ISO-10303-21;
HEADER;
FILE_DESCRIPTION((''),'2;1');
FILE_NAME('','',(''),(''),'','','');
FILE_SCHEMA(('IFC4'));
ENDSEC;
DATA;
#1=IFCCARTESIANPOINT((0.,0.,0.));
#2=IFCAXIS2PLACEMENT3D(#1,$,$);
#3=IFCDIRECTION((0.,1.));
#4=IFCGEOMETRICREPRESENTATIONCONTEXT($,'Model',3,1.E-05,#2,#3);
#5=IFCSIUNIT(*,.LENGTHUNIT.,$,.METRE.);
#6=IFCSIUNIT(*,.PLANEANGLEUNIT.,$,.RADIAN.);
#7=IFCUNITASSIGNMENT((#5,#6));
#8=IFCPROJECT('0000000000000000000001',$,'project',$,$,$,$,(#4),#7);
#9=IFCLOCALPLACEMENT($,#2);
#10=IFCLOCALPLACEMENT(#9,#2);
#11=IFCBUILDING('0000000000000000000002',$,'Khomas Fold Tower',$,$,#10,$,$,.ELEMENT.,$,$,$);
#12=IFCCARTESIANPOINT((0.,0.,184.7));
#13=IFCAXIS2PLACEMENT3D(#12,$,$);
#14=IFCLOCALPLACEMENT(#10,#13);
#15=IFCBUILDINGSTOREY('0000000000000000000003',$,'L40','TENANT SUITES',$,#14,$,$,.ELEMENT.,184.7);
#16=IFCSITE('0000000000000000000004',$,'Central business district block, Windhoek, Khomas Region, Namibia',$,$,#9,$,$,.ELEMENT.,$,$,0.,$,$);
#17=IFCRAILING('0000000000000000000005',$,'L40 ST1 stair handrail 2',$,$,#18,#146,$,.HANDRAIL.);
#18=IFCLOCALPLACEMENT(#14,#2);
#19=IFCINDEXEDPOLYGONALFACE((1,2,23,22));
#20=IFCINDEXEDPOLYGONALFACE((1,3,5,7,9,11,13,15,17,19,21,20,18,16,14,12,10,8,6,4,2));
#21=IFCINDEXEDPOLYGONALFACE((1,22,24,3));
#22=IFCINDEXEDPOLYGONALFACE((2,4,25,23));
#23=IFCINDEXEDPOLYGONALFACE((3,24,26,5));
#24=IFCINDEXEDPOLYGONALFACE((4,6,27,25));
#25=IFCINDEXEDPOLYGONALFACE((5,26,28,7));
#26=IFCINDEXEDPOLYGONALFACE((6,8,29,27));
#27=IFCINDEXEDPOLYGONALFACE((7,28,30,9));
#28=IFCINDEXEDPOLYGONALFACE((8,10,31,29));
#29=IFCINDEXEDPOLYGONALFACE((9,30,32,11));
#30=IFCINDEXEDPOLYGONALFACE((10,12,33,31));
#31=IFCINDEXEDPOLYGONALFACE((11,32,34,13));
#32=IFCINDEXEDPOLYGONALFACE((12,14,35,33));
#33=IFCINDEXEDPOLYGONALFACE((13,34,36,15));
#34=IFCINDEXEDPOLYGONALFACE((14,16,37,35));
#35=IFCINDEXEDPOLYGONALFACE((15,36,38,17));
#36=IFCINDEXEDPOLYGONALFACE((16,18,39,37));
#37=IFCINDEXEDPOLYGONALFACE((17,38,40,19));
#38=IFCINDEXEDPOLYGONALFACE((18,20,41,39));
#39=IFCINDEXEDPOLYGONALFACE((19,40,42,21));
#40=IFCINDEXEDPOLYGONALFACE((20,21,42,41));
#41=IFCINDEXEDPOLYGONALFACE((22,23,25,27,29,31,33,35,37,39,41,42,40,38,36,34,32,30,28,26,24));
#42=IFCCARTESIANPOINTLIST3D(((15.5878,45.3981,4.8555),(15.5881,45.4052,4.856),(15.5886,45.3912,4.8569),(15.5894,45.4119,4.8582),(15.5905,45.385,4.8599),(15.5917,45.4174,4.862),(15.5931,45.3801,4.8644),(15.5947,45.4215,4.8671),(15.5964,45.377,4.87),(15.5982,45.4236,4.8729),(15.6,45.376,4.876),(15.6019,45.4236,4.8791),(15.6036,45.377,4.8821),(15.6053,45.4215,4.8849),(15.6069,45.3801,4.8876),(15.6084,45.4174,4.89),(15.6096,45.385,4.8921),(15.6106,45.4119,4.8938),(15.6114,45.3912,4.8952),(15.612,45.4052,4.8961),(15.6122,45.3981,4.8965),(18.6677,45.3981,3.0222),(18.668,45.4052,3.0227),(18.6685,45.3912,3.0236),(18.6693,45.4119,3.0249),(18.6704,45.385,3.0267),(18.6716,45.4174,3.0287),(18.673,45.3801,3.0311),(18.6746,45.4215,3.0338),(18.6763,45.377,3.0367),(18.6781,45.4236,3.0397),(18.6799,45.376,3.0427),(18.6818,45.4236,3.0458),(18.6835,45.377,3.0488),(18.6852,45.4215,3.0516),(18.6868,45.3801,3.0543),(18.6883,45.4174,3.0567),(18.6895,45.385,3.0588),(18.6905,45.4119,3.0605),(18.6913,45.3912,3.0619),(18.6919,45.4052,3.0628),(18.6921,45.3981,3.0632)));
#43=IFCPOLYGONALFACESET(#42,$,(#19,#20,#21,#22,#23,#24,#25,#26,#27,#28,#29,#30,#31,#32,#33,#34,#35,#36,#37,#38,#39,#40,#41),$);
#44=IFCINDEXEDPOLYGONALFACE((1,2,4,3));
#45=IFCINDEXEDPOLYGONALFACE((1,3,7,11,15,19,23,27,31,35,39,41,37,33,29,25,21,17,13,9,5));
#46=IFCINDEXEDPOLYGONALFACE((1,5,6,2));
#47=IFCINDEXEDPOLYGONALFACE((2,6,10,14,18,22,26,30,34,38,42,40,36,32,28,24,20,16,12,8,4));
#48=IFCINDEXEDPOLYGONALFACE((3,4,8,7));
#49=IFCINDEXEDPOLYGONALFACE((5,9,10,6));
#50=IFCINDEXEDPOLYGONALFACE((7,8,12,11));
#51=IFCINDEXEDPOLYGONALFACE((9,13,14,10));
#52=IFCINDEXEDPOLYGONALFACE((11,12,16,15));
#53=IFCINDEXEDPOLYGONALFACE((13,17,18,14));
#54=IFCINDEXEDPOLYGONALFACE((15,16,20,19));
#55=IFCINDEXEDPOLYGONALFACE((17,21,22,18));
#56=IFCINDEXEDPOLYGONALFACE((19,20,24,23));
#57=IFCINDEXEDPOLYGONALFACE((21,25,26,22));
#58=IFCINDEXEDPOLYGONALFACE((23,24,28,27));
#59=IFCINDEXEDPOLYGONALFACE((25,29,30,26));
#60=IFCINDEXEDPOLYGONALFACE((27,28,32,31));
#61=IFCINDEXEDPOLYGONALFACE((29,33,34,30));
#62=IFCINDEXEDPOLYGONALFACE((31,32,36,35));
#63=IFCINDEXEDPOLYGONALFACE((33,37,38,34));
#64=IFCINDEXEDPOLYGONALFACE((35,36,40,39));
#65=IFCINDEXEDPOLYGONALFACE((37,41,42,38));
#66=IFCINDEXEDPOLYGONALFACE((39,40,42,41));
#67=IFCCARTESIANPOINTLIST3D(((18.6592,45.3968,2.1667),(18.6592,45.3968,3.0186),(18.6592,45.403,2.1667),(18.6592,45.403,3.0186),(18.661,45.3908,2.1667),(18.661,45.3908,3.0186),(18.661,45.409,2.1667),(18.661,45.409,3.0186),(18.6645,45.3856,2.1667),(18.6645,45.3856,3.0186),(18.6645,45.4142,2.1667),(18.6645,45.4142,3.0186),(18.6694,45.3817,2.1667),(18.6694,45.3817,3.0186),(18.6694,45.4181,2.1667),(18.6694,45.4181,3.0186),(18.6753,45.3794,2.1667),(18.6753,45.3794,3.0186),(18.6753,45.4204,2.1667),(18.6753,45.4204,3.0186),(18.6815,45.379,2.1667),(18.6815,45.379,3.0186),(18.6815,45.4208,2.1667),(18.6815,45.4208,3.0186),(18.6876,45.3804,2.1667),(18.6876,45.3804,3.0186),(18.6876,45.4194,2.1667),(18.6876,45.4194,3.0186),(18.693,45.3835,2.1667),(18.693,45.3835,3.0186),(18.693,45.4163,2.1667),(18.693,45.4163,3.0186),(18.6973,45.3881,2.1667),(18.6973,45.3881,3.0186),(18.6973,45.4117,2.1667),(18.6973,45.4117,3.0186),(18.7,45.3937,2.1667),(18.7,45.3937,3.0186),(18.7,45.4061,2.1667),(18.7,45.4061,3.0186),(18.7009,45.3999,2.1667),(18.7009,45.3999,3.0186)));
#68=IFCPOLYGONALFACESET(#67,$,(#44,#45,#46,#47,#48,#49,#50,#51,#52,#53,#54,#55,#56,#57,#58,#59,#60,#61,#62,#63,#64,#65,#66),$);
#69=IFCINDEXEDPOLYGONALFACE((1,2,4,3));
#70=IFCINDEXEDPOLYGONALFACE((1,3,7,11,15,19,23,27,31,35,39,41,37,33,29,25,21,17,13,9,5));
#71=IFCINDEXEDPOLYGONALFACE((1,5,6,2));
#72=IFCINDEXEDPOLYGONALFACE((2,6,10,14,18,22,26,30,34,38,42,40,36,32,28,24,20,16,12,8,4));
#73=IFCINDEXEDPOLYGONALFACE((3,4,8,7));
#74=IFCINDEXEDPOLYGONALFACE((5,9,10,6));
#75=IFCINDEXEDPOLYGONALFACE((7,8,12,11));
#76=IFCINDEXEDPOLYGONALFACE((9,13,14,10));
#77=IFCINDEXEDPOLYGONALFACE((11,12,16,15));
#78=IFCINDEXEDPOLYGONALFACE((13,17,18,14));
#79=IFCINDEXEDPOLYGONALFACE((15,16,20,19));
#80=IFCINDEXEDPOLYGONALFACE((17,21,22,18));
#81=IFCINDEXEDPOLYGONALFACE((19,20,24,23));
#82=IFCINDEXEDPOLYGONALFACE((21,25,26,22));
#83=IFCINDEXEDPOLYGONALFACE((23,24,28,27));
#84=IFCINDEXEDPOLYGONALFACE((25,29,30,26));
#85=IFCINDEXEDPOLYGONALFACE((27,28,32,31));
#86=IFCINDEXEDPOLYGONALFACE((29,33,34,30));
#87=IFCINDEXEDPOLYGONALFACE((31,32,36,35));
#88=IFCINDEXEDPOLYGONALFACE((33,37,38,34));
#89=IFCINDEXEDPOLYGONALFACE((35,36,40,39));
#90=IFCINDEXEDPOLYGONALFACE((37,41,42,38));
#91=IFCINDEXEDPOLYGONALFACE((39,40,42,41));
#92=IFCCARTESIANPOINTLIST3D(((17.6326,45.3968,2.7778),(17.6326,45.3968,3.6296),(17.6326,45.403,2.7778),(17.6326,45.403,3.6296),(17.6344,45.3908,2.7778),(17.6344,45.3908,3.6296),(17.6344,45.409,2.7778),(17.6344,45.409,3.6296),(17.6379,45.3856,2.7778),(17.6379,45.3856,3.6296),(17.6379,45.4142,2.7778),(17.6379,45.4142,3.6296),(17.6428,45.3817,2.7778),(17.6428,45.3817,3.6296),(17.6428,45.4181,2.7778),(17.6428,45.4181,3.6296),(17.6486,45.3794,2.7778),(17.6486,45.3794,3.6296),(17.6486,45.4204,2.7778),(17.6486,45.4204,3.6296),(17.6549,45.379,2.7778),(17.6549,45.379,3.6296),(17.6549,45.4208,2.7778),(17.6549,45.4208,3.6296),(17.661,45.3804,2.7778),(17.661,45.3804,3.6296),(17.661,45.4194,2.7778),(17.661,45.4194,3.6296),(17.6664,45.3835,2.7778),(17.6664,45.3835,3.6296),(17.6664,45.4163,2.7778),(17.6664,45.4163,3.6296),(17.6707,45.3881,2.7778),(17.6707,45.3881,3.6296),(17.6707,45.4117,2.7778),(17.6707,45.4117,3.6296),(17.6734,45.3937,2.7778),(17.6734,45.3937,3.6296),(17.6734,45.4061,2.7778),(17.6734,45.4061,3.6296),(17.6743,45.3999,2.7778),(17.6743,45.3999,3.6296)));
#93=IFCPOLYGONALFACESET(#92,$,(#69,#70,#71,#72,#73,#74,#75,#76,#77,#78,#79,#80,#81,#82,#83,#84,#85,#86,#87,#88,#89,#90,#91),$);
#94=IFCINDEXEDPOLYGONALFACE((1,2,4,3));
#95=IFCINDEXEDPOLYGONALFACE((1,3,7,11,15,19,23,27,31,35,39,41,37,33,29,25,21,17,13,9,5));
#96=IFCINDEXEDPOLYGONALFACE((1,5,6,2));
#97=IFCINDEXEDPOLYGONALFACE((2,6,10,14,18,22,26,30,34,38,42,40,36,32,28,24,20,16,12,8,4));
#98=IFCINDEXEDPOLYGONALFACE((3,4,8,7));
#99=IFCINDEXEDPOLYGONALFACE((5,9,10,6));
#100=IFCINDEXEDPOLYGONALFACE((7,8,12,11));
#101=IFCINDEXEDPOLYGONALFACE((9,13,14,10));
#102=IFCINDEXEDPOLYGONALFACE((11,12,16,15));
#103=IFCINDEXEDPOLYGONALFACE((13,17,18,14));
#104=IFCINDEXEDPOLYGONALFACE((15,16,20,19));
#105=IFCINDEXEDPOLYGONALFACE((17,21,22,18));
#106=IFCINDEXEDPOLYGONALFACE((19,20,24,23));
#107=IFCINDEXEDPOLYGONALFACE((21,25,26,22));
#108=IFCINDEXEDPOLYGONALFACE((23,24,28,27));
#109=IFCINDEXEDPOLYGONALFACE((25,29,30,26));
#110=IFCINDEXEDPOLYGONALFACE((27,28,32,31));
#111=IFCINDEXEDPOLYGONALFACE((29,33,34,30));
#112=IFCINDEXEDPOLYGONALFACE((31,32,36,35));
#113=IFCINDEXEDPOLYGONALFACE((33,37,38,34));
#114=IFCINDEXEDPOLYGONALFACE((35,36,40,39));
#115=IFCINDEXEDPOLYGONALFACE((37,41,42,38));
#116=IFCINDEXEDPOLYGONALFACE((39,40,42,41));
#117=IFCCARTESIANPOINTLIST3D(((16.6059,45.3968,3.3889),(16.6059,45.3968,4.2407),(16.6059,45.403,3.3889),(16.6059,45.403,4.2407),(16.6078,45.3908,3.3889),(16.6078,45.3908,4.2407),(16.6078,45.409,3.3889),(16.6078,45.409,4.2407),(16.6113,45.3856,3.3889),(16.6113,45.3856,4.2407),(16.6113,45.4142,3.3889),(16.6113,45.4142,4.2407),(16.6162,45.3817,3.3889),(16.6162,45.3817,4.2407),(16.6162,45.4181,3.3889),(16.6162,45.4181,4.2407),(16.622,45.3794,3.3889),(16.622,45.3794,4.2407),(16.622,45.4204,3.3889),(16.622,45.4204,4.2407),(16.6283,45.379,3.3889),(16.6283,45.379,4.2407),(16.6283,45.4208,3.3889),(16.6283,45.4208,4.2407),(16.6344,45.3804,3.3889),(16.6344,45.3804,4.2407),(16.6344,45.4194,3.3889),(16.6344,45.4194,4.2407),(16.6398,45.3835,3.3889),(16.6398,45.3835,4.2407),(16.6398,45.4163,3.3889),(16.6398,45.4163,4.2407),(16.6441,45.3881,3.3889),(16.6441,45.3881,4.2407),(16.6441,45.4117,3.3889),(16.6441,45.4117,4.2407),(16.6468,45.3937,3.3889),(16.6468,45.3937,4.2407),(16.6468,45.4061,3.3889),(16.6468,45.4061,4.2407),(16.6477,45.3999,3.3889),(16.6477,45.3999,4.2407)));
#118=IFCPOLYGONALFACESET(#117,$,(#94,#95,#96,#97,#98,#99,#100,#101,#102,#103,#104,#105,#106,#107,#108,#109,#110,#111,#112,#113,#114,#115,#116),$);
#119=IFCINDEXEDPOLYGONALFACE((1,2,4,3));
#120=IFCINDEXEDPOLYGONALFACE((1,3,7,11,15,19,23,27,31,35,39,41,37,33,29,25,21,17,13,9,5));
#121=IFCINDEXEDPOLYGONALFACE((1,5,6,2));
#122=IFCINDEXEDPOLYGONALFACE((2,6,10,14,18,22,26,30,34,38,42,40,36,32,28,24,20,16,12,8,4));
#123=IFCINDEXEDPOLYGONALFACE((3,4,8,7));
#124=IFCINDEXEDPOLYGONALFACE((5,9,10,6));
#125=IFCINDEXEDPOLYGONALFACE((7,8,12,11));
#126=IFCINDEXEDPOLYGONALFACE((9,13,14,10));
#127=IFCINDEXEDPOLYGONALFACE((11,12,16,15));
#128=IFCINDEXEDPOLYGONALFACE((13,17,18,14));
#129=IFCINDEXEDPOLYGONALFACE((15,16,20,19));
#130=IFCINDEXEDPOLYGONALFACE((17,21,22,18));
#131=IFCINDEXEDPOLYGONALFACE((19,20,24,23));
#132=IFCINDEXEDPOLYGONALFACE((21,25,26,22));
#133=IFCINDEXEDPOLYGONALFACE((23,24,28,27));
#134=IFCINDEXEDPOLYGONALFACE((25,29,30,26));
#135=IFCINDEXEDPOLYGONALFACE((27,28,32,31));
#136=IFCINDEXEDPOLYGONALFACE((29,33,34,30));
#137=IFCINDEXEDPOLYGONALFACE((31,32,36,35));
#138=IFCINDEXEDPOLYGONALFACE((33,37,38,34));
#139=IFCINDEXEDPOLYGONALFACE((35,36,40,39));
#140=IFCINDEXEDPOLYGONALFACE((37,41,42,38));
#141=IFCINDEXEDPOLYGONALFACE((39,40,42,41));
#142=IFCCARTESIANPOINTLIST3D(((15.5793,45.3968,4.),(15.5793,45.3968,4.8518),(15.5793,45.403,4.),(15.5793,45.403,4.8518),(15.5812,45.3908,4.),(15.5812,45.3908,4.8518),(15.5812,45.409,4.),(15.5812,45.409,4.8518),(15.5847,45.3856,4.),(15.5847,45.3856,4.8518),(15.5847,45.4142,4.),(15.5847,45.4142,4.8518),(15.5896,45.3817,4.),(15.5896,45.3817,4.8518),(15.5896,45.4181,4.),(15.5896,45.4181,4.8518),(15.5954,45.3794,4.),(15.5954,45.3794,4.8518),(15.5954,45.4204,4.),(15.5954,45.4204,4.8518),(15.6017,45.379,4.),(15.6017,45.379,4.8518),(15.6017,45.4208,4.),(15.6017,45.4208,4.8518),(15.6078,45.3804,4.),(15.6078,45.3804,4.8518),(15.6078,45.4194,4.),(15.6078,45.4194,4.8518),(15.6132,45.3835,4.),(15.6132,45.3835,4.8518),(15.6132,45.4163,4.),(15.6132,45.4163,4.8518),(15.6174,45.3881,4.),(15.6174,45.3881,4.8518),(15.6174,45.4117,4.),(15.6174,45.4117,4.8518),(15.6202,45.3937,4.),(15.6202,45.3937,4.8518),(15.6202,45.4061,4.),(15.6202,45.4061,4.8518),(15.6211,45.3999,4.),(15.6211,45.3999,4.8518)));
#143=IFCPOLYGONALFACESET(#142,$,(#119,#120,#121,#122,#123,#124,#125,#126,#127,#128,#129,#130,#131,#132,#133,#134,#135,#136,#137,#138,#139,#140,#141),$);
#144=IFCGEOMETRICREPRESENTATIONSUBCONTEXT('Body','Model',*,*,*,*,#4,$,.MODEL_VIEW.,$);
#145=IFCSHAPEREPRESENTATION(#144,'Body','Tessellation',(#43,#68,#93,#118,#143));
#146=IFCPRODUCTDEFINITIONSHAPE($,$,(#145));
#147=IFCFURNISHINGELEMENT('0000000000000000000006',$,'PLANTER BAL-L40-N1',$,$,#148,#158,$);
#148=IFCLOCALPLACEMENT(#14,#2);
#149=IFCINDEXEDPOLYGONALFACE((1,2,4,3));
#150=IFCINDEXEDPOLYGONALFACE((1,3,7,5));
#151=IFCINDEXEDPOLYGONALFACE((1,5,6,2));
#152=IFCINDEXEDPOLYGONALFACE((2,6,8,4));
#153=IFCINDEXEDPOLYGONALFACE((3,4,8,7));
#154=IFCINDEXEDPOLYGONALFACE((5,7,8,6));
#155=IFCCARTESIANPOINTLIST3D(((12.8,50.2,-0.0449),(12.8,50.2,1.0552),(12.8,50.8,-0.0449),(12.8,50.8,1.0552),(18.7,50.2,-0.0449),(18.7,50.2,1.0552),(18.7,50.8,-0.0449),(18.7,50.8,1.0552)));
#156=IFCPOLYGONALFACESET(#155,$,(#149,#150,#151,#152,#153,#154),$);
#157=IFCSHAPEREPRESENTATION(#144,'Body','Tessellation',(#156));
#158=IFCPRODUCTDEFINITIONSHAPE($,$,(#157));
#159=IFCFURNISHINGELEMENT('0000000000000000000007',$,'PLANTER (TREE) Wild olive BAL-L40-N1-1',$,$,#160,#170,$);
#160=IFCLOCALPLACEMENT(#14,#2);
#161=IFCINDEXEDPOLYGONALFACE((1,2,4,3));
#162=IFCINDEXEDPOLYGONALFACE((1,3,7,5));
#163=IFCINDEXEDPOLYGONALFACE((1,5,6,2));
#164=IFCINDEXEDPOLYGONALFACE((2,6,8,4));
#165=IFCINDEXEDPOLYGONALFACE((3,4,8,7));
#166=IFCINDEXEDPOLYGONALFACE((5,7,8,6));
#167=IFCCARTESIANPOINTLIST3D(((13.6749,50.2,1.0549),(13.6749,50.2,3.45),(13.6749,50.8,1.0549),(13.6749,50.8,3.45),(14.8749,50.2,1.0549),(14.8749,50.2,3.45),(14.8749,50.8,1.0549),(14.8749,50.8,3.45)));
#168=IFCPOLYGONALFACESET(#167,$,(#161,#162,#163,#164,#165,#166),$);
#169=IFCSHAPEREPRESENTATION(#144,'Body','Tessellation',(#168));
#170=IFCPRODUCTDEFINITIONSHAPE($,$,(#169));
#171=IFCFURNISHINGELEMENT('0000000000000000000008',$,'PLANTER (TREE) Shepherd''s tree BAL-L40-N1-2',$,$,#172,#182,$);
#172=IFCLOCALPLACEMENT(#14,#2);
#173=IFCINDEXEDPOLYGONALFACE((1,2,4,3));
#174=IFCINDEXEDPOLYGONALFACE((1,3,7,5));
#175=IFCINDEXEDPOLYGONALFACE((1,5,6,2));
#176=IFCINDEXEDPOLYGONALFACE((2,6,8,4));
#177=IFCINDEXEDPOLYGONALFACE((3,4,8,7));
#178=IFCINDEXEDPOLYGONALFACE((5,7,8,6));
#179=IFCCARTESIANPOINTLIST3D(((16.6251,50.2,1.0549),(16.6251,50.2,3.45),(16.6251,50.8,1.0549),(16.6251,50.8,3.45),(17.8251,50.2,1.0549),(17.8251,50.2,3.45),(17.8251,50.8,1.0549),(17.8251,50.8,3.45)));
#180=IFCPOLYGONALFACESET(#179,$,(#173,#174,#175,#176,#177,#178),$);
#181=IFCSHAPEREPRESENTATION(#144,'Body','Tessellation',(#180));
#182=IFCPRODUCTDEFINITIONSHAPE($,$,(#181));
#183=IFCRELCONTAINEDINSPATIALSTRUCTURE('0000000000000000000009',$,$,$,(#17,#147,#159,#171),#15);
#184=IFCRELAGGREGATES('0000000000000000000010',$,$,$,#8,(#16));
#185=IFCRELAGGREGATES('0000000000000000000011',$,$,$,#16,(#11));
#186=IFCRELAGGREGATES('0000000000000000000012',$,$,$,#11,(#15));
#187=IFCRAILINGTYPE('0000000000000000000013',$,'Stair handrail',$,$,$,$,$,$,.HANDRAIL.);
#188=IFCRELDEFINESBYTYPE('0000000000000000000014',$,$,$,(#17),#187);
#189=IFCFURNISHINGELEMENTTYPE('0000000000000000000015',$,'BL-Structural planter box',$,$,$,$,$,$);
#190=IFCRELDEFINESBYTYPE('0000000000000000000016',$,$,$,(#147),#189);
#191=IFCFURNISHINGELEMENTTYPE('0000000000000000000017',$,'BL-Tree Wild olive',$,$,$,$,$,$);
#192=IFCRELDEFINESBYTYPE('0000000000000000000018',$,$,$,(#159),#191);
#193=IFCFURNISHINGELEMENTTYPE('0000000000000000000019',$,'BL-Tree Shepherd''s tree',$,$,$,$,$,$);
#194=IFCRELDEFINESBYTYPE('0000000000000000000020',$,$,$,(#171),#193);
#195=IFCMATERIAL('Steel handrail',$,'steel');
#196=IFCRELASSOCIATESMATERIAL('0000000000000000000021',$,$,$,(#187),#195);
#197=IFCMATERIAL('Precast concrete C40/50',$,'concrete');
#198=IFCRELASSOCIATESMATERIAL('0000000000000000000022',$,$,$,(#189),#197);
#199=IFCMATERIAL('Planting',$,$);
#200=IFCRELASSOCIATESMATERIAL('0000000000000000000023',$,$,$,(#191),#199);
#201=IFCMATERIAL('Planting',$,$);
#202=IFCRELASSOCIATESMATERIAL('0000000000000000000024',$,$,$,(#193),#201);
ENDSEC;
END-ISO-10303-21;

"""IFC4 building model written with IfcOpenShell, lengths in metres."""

from ifc_helpers import new_model, si_unit, direction, frame, origin, origin_2d, place, context, subcontext, project, spatial, rectangle, circle, extrude, source, transform, mapped, material, type_object, element, save


model = new_model("IFC4")

# Units and contexts
model_context = context("Model", 3, precision=1e-05, world=origin(), true_north=direction((0.0, 1.0)))
body_context = subcontext(model_context, "Body", "Model", "MODEL_VIEW")
ifc_project = project(units=[si_unit("LENGTHUNIT", "METRE"), si_unit("PLANEANGLEUNIT", "RADIAN")], contexts=[model_context])

# Site, building, storey
site_placement = place(None, origin())
site = spatial("IfcSite", under=ifc_project, at=site_placement, Name="Central business district block, Windhoek, Khomas Region, Namibia", CompositionType="ELEMENT", RefElevation=0.0)
building_placement = place(site_placement, origin())
building = spatial("IfcBuilding", under=site, at=building_placement, Name="Khomas Fold Tower", CompositionType="ELEMENT")
storey_placement = place(building_placement, frame((0.0, 0.0, 184.7)))
storey = spatial("IfcBuildingStorey", under=building, at=storey_placement, Name="L40", Description="TENANT SUITES", CompositionType="ELEMENT", Elevation=184.7)

# Railing
ifc_material_1 = material(Name="Steel handrail", Category="steel")
railing_type_1 = type_object("IfcRailingType", Name="Stair handrail", PredefinedType="HANDRAIL", material=ifc_material_1)
shared_shape_1 = source(origin(), body_context, "Body", "SweptSolid", [
    extrude(circle(Radius=0.0239, at=origin_2d()), frame((0.0, 0.0, 0.876), z_axis=(-0.859291, 0.0, 0.511487), x_axis=(0.0, -1.0, 0.0)), (0.0, 0.0, 1.0), 3.5842),
    extrude(circle(Radius=0.021, at=origin_2d()), origin(), (0.0, 0.0, 1.0), 0.8518),
    extrude(circle(Radius=0.021, at=origin_2d()), frame((-1.0266, 0.0, 0.6111)), (0.0, 0.0, 1.0), 0.8518),
    extrude(circle(Radius=0.021, at=origin_2d()), frame((-2.0532, 0.0, 1.2222)), (0.0, 0.0, 1.0), 0.8518),
    extrude(circle(Radius=0.021, at=origin_2d()), frame((-3.0798, 0.0, 1.8333)), (0.0, 0.0, 1.0), 0.8518),
])
railing_1_placement = place(storey_placement, frame((18.6799, 45.3999, 2.1667)))
element("IfcRailing", 1, at=railing_1_placement, inside=storey, type_object=railing_type_1, Name="L40 ST1 stair handrail 2", PredefinedType="HANDRAIL", context=body_context, shape_type="MappedRepresentation", body=[
    mapped(shared_shape_1, transform((0.0, 0.0, 0.0))),
])

# Furnishing elements
ifc_material_2 = material(Name="Precast concrete C40/50", Category="concrete")
furnishing_element_type_1 = type_object("IfcFurnishingElementType", Name="BL-Structural planter box", material=ifc_material_2)
shared_shape_2 = source(origin(), body_context, "Body", "SweptSolid", [
    extrude(rectangle(XDim=5.8999, YDim=0.6001, at=origin_2d()), origin(), (0.0, 0.0, 1.0), 1.1001),
])
furnishing_1_placement = place(storey_placement, frame((15.75, 50.5, -0.0449), z_axis=(0.0, 0.0, 1.0), x_axis=(1.0, 0.0, 0.0)))
element("IfcFurnishingElement", 2, at=furnishing_1_placement, inside=storey, type_object=furnishing_element_type_1, Name="PLANTER BAL-L40-N1", context=body_context, shape_type="MappedRepresentation", body=[
    mapped(shared_shape_2, transform((0.0, 0.0, 0.0))),
])
ifc_material_3 = material(Name="Planting")
furnishing_element_type_2 = type_object("IfcFurnishingElementType", Name="BL-Tree Wild olive", material=ifc_material_3)
shared_shape_3 = source(origin(), body_context, "Body", "SweptSolid", [
    extrude(rectangle(XDim=1.2, YDim=0.6001, at=origin_2d()), origin(), (0.0, 0.0, 1.0), 2.395),
])
furnishing_2_placement = place(storey_placement, frame((14.2749, 50.5, 1.0549), z_axis=(0.0, 0.0, 1.0), x_axis=(1.0, 0.0, 0.0)))
element("IfcFurnishingElement", 3, at=furnishing_2_placement, inside=storey, type_object=furnishing_element_type_2, Name="PLANTER (TREE) Wild olive BAL-L40-N1-1", context=body_context, shape_type="MappedRepresentation", body=[
    mapped(shared_shape_3, transform((0.0, 0.0, 0.0))),
])
ifc_material_4 = material(Name="Planting")
furnishing_element_type_3 = type_object("IfcFurnishingElementType", Name="BL-Tree Shepherd's tree", material=ifc_material_4)
furnishing_3_placement = place(storey_placement, frame((17.2251, 50.5, 1.0549), z_axis=(0.0, 0.0, 1.0), x_axis=(1.0, 0.0, 0.0)))
element("IfcFurnishingElement", 4, at=furnishing_3_placement, inside=storey, type_object=furnishing_element_type_3, Name="PLANTER (TREE) Shepherd's tree BAL-L40-N1-2", context=body_context, shape_type="MappedRepresentation", body=[
    mapped(shared_shape_3, transform((0.0, 0.0, 0.0))),
])

save(model, "model.ifc")
